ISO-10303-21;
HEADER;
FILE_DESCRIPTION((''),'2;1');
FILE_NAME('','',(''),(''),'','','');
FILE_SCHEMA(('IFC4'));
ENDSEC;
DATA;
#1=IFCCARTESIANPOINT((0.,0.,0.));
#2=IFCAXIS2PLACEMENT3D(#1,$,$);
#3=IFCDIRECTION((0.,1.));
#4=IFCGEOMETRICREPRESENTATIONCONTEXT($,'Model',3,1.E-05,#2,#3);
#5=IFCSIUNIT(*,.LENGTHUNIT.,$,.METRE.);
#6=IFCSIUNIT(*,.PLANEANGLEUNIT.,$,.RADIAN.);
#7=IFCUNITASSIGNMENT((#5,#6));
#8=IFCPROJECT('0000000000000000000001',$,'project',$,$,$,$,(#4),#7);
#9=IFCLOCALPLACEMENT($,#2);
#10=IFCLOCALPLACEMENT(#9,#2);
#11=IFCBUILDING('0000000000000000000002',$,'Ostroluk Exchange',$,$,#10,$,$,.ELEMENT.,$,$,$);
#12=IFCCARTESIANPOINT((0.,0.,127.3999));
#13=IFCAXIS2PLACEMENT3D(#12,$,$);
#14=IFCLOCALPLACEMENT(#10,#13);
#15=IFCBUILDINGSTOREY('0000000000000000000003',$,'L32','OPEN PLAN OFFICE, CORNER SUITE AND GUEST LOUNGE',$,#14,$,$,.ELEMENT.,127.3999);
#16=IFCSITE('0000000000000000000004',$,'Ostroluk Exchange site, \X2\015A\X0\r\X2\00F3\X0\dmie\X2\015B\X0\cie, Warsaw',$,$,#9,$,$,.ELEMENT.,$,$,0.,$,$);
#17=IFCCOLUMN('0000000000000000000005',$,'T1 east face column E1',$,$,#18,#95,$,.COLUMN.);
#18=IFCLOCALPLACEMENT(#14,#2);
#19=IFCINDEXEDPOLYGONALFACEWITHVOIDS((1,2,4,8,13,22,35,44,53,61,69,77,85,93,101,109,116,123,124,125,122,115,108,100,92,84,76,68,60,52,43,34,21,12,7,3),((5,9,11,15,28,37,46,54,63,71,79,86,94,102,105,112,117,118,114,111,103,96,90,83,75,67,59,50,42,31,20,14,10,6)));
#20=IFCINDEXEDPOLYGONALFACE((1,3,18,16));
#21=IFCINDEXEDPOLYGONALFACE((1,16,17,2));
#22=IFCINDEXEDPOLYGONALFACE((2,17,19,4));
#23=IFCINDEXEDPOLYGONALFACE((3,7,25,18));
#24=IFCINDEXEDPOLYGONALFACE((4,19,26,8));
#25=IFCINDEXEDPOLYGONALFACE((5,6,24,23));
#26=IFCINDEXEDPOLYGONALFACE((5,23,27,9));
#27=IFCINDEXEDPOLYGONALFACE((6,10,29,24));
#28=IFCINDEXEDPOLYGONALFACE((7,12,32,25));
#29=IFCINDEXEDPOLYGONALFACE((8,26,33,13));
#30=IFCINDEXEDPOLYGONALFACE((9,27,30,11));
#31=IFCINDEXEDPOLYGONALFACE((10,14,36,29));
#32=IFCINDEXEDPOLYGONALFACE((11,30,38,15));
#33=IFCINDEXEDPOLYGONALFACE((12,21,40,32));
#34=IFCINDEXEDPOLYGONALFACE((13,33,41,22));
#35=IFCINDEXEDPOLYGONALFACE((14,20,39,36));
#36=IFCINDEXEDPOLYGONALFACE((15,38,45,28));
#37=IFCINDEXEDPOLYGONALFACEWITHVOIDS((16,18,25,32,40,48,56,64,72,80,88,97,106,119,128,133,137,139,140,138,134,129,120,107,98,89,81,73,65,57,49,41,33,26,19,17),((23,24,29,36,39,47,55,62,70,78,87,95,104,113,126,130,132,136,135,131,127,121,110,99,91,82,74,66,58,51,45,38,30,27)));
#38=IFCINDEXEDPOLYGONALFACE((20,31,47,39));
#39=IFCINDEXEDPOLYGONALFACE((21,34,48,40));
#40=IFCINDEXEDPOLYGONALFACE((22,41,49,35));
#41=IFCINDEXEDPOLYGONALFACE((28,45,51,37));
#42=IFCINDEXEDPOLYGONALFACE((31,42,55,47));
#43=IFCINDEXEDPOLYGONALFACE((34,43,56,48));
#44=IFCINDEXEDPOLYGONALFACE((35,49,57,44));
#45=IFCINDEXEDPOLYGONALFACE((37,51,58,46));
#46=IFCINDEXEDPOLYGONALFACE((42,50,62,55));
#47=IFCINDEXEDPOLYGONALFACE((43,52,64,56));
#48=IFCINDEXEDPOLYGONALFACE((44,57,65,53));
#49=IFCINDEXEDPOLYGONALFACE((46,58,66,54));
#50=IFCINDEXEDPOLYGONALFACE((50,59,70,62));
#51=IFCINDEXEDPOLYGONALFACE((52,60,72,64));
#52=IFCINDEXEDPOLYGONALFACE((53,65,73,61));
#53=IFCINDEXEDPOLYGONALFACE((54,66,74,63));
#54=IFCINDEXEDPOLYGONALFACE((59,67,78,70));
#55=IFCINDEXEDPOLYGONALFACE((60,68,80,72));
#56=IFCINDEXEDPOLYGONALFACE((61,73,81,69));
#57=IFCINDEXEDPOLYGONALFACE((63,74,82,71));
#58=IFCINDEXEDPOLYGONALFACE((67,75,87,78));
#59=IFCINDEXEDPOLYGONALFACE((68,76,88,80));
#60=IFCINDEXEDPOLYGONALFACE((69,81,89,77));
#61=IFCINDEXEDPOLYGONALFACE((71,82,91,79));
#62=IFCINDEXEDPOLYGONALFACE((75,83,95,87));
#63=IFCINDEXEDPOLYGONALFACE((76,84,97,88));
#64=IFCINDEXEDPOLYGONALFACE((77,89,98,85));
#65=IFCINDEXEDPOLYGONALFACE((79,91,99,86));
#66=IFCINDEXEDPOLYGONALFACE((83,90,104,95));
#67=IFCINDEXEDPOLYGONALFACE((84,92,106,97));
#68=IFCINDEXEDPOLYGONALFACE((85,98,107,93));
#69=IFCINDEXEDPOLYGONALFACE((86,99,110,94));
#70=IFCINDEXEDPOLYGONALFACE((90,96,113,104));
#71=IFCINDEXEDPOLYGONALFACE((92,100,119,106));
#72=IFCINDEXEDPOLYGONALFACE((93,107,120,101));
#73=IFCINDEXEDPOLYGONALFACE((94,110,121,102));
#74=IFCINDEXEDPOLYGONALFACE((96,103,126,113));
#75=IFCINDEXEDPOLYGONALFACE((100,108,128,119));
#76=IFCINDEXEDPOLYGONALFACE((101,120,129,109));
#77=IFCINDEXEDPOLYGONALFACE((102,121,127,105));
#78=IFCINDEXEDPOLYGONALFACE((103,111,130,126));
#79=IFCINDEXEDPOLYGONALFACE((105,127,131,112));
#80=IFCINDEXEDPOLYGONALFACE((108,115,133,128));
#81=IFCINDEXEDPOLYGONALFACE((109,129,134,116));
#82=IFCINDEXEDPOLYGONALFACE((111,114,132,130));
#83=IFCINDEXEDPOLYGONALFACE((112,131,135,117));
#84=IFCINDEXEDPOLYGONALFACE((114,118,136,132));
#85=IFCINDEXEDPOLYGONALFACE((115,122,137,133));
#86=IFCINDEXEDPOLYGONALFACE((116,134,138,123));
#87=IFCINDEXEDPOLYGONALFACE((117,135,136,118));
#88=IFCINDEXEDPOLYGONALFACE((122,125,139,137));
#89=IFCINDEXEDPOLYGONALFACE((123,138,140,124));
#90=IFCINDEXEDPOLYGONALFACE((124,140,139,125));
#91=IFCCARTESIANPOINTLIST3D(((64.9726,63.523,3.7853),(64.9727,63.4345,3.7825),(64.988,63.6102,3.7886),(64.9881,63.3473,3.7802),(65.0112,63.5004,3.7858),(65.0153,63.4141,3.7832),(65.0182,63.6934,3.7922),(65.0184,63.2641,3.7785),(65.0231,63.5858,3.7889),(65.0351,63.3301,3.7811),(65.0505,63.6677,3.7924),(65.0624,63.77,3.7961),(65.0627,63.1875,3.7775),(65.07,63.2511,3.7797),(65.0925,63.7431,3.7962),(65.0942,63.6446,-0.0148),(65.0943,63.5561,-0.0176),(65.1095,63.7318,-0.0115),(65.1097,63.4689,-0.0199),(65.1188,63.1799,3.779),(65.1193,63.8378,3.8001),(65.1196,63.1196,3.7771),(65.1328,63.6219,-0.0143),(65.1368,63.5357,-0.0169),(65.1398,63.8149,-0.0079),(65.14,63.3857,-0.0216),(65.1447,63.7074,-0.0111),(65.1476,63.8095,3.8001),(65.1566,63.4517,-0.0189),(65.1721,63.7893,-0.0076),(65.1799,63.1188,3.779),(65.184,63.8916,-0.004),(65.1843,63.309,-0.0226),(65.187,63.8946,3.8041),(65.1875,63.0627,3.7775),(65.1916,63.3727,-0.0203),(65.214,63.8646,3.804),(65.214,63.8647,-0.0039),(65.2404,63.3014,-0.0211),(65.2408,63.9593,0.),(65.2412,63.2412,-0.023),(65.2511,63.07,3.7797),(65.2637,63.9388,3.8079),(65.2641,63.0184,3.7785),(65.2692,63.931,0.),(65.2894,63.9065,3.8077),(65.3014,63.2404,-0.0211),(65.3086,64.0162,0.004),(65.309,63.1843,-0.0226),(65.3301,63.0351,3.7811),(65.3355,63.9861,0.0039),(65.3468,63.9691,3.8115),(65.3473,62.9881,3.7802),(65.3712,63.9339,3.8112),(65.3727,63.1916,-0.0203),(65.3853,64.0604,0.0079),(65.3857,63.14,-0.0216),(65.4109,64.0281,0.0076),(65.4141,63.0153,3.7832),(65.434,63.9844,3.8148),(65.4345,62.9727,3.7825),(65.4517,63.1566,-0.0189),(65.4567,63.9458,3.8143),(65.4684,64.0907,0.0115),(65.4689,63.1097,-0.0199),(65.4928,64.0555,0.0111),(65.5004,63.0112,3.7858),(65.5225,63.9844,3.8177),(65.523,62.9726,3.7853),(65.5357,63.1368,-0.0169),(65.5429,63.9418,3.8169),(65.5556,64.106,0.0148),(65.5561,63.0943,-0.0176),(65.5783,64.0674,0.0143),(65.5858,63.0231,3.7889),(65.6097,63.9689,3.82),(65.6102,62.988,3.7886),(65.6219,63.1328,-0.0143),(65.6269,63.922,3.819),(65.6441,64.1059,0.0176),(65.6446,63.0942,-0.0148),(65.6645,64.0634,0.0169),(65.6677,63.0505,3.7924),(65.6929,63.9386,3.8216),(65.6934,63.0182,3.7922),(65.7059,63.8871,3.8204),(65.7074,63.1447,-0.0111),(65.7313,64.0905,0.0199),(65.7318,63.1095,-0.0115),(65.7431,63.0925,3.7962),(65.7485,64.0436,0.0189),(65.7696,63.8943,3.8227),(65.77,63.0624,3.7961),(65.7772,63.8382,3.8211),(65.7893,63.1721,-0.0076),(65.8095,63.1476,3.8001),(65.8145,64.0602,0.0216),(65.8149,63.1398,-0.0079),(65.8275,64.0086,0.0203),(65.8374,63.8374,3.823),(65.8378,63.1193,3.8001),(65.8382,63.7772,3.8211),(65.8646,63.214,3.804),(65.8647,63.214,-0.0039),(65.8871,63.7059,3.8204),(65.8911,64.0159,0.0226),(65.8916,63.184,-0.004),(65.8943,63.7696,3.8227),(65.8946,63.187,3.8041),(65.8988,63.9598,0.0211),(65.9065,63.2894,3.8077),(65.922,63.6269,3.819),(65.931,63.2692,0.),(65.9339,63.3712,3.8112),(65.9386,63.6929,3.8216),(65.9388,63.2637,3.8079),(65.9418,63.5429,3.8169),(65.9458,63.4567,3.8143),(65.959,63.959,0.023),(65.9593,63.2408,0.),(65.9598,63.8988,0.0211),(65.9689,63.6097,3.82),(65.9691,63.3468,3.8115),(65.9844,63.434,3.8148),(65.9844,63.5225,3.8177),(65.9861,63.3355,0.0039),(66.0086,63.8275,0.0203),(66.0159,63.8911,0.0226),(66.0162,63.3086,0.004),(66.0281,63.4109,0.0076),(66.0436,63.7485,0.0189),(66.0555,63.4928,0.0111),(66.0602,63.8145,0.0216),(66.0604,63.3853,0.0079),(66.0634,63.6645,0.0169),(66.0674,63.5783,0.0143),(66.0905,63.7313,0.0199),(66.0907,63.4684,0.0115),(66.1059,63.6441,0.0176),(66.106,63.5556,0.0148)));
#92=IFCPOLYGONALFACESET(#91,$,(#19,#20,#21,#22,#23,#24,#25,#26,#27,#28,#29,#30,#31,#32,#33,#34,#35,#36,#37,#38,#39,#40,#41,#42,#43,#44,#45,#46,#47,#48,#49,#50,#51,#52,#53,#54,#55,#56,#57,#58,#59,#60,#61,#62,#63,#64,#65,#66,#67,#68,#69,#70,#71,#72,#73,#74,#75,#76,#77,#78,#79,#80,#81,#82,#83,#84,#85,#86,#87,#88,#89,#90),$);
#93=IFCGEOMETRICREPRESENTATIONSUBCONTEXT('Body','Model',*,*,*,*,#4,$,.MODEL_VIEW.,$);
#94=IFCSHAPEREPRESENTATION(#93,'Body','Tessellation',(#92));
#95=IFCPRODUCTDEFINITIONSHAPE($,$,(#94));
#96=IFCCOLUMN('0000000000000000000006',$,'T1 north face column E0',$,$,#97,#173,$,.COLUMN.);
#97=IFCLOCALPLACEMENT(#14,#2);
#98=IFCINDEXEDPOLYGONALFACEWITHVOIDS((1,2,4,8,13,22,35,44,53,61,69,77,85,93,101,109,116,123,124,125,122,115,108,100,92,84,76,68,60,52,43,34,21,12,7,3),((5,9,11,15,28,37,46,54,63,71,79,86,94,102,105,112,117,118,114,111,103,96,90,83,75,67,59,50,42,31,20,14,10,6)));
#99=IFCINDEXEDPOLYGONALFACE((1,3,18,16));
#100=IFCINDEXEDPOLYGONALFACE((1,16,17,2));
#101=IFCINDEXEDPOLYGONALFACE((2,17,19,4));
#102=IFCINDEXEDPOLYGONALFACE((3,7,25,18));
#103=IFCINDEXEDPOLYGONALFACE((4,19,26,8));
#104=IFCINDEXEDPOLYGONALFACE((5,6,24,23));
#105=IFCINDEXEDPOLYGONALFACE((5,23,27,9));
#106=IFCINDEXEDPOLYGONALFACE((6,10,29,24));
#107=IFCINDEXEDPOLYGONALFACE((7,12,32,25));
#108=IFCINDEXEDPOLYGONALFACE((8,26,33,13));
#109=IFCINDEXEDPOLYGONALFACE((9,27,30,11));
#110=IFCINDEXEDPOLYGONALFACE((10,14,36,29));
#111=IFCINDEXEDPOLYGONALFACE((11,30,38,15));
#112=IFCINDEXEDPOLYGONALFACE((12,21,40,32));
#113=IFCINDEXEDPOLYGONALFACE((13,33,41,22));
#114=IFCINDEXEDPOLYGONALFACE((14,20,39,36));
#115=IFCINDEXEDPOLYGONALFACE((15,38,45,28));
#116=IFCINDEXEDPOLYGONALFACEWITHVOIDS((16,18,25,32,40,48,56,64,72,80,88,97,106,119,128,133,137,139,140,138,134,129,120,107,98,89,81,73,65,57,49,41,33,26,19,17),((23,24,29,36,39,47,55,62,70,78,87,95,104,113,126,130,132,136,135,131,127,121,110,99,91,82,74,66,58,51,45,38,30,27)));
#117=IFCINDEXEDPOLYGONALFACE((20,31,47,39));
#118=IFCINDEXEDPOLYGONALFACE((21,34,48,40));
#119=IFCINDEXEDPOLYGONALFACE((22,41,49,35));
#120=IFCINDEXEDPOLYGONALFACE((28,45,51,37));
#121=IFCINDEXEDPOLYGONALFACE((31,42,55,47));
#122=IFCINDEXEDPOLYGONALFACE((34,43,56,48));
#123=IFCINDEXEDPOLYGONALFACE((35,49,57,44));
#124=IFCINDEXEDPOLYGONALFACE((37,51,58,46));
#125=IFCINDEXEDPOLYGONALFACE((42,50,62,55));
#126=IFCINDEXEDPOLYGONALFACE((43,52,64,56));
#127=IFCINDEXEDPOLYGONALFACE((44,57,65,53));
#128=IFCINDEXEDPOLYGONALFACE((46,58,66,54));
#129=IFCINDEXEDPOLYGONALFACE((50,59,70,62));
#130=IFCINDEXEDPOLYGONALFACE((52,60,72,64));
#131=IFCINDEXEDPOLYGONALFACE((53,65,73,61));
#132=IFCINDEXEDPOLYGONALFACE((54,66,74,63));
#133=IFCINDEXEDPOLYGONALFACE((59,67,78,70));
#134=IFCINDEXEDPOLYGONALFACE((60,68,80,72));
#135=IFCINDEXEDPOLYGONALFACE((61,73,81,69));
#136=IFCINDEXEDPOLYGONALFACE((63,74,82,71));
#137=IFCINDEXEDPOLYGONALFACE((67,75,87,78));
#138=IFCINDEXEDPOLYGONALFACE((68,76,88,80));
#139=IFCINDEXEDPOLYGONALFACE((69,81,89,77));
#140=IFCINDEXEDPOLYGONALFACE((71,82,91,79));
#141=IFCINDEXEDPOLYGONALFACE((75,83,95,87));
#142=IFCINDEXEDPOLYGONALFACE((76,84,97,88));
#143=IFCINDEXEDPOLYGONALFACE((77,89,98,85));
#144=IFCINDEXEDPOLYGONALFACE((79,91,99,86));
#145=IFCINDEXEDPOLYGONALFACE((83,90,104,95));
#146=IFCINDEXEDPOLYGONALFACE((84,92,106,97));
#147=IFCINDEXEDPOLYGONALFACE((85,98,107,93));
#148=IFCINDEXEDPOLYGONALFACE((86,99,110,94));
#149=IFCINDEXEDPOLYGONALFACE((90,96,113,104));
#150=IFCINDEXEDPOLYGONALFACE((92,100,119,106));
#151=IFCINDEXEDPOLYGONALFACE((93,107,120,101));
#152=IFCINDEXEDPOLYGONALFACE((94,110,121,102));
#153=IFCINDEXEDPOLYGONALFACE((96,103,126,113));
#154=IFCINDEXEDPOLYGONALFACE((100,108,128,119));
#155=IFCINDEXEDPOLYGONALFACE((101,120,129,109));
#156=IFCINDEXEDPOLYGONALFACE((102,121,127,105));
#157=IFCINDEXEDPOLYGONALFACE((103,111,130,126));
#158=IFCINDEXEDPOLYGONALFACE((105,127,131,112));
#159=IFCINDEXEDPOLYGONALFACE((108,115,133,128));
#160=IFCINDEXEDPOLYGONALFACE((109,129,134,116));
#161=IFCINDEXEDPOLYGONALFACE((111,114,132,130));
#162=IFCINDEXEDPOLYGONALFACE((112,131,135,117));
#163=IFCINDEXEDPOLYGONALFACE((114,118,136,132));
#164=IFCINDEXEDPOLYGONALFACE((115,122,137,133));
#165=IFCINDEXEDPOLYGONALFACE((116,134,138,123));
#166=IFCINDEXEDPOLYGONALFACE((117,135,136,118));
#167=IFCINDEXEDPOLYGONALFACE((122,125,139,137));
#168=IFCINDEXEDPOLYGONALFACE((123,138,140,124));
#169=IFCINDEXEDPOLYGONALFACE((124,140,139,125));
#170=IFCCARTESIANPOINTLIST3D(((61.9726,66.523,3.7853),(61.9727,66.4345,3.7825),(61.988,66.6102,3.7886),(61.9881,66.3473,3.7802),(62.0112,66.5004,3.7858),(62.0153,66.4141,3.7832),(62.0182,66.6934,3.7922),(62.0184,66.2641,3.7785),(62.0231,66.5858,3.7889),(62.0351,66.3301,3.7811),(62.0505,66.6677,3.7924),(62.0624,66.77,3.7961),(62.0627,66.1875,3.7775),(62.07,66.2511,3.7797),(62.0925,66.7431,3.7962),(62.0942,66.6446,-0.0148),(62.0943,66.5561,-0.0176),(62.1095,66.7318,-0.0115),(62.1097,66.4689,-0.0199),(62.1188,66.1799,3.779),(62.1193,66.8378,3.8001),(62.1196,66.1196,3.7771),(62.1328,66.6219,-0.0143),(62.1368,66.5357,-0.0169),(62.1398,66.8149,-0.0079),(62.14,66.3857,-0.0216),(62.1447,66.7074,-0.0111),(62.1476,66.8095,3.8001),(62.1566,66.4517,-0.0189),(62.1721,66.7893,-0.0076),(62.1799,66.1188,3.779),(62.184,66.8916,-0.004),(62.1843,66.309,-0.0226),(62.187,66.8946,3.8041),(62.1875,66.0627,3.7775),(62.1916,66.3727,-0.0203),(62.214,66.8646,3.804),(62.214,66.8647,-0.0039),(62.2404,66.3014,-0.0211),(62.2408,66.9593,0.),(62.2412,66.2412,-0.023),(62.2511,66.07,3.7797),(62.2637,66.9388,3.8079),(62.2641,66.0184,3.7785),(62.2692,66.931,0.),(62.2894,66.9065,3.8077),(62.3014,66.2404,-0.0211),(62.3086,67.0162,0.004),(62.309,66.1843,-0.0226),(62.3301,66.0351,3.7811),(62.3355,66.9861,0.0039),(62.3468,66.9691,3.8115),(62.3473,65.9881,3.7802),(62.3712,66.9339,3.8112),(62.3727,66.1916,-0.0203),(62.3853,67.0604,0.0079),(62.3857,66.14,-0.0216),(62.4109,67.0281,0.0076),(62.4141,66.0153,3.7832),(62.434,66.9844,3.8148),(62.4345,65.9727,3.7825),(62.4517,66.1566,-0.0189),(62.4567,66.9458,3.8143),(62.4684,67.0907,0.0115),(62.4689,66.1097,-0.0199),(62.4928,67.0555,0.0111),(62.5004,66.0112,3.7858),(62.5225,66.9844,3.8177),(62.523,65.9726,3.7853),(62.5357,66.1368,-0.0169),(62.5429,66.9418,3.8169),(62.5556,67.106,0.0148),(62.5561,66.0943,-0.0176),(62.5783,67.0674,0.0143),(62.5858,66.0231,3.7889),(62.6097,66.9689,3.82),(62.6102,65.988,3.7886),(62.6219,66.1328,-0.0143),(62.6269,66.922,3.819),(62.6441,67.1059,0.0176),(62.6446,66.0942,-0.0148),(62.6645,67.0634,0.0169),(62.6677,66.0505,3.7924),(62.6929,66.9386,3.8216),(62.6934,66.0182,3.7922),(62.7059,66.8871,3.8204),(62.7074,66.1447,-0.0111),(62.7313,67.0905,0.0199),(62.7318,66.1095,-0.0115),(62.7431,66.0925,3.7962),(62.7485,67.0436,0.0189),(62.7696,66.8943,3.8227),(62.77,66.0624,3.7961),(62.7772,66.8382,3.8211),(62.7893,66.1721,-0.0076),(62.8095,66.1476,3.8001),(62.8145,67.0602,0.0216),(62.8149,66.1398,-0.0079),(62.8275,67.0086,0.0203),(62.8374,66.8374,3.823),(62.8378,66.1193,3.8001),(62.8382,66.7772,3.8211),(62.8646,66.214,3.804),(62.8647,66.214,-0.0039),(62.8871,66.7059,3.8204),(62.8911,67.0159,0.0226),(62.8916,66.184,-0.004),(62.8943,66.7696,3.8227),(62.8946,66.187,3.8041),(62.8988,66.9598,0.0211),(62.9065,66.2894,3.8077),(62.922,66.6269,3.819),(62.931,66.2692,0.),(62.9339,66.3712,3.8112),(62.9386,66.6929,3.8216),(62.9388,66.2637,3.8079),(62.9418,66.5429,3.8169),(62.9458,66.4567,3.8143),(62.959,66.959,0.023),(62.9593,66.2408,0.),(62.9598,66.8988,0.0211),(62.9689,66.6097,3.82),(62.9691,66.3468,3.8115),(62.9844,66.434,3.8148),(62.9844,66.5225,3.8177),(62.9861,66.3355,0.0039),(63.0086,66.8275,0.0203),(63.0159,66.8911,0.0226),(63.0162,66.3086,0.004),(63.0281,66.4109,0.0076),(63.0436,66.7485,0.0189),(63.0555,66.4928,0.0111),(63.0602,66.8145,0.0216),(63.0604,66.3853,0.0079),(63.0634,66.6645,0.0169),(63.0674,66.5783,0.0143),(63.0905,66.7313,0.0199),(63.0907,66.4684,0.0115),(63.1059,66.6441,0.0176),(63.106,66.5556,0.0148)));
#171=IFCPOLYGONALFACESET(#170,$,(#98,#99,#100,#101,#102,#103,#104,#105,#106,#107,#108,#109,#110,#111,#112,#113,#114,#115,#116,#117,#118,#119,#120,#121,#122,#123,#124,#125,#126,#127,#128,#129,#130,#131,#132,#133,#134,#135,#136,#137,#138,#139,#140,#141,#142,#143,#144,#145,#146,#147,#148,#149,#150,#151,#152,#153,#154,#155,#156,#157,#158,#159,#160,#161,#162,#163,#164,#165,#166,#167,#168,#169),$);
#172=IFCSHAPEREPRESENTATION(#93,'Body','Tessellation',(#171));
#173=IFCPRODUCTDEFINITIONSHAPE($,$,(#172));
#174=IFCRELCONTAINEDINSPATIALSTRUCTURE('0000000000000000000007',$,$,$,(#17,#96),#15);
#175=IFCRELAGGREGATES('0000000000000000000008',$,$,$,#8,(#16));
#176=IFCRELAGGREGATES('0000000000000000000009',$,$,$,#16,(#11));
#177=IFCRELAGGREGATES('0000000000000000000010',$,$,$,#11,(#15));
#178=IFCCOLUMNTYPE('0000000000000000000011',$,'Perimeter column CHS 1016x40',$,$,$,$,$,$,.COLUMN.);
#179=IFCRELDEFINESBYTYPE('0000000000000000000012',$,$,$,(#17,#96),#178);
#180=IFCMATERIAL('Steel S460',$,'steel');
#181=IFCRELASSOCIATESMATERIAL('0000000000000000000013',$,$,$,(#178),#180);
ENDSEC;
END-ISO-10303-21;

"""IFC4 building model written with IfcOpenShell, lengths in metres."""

from ifc_helpers import new_model, si_unit, direction, frame, origin, origin_2d, place, context, subcontext, project, spatial, hollow_circle, extrude, material, material_profile, profile_set, type_object, element, save


model = new_model("IFC4")

# Units and contexts
model_context = context("Model", 3, precision=1e-05, world=origin(), true_north=direction((0.0, 1.0)))
body_context = subcontext(model_context, "Body", "Model", "MODEL_VIEW")
ifc_project = project(units=[si_unit("LENGTHUNIT", "METRE"), si_unit("PLANEANGLEUNIT", "RADIAN")], contexts=[model_context])

# Site, building, storey
site_placement = place(None, origin())
site = spatial("IfcSite", under=ifc_project, at=site_placement, Name="Ostroluk Exchange site, Śródmieście, Warsaw", CompositionType="ELEMENT", RefElevation=0.0)
building_placement = place(site_placement, origin())
building = spatial("IfcBuilding", under=site, at=building_placement, Name="Ostroluk Exchange", CompositionType="ELEMENT")
storey_placement = place(building_placement, frame((0.0, 0.0, 127.3999)))
storey = spatial("IfcBuildingStorey", under=building, at=storey_placement, Name="L32", Description="OPEN PLAN OFFICE, CORNER SUITE AND GUEST LOUNGE", CompositionType="ELEMENT", Elevation=127.3999)

# Columns
ifc_material_1 = material(Name="Steel S460", Category="steel")
ifc_material_profile_1 = material_profile(ifc_material_1, hollow_circle(Radius=0.5081, WallThickness=0.04, at=origin_2d()), Name="CHS 1016x40")
ifc_profile_set_1 = profile_set([ifc_material_profile_1], Name="Steel S460")
column_type = type_object("IfcColumnType", Name="Perimeter column CHS 1016x40", PredefinedType="COLUMN", material=ifc_profile_set_1)
for number, where, z_axis, x_axis, name in (
    (1, (65.6001, 63.6001, 0.0), (-0.031962, -0.031962, 0.998978), (0.707107, -0.707107, 0.0), "T1 east face column E1"),
    (2, (62.6001, 66.6001, 0.0), (-0.031962, -0.031962, 0.998978), (0.707107, -0.707107, 0.0), "T1 north face column E0"),
):
    element("IfcColumn", number, at=place(storey_placement, frame(where, z_axis=z_axis, x_axis=x_axis)), inside=storey, type_object=column_type, Name=name, PredefinedType="COLUMN", context=body_context, shape_type="SweptSolid", body=[
        extrude(hollow_circle(Radius=0.5081, WallThickness=0.04, at=origin_2d()), origin(), (0.0, 0.0, 1.0), 3.804),
    ])

save(model, "model.ifc")
